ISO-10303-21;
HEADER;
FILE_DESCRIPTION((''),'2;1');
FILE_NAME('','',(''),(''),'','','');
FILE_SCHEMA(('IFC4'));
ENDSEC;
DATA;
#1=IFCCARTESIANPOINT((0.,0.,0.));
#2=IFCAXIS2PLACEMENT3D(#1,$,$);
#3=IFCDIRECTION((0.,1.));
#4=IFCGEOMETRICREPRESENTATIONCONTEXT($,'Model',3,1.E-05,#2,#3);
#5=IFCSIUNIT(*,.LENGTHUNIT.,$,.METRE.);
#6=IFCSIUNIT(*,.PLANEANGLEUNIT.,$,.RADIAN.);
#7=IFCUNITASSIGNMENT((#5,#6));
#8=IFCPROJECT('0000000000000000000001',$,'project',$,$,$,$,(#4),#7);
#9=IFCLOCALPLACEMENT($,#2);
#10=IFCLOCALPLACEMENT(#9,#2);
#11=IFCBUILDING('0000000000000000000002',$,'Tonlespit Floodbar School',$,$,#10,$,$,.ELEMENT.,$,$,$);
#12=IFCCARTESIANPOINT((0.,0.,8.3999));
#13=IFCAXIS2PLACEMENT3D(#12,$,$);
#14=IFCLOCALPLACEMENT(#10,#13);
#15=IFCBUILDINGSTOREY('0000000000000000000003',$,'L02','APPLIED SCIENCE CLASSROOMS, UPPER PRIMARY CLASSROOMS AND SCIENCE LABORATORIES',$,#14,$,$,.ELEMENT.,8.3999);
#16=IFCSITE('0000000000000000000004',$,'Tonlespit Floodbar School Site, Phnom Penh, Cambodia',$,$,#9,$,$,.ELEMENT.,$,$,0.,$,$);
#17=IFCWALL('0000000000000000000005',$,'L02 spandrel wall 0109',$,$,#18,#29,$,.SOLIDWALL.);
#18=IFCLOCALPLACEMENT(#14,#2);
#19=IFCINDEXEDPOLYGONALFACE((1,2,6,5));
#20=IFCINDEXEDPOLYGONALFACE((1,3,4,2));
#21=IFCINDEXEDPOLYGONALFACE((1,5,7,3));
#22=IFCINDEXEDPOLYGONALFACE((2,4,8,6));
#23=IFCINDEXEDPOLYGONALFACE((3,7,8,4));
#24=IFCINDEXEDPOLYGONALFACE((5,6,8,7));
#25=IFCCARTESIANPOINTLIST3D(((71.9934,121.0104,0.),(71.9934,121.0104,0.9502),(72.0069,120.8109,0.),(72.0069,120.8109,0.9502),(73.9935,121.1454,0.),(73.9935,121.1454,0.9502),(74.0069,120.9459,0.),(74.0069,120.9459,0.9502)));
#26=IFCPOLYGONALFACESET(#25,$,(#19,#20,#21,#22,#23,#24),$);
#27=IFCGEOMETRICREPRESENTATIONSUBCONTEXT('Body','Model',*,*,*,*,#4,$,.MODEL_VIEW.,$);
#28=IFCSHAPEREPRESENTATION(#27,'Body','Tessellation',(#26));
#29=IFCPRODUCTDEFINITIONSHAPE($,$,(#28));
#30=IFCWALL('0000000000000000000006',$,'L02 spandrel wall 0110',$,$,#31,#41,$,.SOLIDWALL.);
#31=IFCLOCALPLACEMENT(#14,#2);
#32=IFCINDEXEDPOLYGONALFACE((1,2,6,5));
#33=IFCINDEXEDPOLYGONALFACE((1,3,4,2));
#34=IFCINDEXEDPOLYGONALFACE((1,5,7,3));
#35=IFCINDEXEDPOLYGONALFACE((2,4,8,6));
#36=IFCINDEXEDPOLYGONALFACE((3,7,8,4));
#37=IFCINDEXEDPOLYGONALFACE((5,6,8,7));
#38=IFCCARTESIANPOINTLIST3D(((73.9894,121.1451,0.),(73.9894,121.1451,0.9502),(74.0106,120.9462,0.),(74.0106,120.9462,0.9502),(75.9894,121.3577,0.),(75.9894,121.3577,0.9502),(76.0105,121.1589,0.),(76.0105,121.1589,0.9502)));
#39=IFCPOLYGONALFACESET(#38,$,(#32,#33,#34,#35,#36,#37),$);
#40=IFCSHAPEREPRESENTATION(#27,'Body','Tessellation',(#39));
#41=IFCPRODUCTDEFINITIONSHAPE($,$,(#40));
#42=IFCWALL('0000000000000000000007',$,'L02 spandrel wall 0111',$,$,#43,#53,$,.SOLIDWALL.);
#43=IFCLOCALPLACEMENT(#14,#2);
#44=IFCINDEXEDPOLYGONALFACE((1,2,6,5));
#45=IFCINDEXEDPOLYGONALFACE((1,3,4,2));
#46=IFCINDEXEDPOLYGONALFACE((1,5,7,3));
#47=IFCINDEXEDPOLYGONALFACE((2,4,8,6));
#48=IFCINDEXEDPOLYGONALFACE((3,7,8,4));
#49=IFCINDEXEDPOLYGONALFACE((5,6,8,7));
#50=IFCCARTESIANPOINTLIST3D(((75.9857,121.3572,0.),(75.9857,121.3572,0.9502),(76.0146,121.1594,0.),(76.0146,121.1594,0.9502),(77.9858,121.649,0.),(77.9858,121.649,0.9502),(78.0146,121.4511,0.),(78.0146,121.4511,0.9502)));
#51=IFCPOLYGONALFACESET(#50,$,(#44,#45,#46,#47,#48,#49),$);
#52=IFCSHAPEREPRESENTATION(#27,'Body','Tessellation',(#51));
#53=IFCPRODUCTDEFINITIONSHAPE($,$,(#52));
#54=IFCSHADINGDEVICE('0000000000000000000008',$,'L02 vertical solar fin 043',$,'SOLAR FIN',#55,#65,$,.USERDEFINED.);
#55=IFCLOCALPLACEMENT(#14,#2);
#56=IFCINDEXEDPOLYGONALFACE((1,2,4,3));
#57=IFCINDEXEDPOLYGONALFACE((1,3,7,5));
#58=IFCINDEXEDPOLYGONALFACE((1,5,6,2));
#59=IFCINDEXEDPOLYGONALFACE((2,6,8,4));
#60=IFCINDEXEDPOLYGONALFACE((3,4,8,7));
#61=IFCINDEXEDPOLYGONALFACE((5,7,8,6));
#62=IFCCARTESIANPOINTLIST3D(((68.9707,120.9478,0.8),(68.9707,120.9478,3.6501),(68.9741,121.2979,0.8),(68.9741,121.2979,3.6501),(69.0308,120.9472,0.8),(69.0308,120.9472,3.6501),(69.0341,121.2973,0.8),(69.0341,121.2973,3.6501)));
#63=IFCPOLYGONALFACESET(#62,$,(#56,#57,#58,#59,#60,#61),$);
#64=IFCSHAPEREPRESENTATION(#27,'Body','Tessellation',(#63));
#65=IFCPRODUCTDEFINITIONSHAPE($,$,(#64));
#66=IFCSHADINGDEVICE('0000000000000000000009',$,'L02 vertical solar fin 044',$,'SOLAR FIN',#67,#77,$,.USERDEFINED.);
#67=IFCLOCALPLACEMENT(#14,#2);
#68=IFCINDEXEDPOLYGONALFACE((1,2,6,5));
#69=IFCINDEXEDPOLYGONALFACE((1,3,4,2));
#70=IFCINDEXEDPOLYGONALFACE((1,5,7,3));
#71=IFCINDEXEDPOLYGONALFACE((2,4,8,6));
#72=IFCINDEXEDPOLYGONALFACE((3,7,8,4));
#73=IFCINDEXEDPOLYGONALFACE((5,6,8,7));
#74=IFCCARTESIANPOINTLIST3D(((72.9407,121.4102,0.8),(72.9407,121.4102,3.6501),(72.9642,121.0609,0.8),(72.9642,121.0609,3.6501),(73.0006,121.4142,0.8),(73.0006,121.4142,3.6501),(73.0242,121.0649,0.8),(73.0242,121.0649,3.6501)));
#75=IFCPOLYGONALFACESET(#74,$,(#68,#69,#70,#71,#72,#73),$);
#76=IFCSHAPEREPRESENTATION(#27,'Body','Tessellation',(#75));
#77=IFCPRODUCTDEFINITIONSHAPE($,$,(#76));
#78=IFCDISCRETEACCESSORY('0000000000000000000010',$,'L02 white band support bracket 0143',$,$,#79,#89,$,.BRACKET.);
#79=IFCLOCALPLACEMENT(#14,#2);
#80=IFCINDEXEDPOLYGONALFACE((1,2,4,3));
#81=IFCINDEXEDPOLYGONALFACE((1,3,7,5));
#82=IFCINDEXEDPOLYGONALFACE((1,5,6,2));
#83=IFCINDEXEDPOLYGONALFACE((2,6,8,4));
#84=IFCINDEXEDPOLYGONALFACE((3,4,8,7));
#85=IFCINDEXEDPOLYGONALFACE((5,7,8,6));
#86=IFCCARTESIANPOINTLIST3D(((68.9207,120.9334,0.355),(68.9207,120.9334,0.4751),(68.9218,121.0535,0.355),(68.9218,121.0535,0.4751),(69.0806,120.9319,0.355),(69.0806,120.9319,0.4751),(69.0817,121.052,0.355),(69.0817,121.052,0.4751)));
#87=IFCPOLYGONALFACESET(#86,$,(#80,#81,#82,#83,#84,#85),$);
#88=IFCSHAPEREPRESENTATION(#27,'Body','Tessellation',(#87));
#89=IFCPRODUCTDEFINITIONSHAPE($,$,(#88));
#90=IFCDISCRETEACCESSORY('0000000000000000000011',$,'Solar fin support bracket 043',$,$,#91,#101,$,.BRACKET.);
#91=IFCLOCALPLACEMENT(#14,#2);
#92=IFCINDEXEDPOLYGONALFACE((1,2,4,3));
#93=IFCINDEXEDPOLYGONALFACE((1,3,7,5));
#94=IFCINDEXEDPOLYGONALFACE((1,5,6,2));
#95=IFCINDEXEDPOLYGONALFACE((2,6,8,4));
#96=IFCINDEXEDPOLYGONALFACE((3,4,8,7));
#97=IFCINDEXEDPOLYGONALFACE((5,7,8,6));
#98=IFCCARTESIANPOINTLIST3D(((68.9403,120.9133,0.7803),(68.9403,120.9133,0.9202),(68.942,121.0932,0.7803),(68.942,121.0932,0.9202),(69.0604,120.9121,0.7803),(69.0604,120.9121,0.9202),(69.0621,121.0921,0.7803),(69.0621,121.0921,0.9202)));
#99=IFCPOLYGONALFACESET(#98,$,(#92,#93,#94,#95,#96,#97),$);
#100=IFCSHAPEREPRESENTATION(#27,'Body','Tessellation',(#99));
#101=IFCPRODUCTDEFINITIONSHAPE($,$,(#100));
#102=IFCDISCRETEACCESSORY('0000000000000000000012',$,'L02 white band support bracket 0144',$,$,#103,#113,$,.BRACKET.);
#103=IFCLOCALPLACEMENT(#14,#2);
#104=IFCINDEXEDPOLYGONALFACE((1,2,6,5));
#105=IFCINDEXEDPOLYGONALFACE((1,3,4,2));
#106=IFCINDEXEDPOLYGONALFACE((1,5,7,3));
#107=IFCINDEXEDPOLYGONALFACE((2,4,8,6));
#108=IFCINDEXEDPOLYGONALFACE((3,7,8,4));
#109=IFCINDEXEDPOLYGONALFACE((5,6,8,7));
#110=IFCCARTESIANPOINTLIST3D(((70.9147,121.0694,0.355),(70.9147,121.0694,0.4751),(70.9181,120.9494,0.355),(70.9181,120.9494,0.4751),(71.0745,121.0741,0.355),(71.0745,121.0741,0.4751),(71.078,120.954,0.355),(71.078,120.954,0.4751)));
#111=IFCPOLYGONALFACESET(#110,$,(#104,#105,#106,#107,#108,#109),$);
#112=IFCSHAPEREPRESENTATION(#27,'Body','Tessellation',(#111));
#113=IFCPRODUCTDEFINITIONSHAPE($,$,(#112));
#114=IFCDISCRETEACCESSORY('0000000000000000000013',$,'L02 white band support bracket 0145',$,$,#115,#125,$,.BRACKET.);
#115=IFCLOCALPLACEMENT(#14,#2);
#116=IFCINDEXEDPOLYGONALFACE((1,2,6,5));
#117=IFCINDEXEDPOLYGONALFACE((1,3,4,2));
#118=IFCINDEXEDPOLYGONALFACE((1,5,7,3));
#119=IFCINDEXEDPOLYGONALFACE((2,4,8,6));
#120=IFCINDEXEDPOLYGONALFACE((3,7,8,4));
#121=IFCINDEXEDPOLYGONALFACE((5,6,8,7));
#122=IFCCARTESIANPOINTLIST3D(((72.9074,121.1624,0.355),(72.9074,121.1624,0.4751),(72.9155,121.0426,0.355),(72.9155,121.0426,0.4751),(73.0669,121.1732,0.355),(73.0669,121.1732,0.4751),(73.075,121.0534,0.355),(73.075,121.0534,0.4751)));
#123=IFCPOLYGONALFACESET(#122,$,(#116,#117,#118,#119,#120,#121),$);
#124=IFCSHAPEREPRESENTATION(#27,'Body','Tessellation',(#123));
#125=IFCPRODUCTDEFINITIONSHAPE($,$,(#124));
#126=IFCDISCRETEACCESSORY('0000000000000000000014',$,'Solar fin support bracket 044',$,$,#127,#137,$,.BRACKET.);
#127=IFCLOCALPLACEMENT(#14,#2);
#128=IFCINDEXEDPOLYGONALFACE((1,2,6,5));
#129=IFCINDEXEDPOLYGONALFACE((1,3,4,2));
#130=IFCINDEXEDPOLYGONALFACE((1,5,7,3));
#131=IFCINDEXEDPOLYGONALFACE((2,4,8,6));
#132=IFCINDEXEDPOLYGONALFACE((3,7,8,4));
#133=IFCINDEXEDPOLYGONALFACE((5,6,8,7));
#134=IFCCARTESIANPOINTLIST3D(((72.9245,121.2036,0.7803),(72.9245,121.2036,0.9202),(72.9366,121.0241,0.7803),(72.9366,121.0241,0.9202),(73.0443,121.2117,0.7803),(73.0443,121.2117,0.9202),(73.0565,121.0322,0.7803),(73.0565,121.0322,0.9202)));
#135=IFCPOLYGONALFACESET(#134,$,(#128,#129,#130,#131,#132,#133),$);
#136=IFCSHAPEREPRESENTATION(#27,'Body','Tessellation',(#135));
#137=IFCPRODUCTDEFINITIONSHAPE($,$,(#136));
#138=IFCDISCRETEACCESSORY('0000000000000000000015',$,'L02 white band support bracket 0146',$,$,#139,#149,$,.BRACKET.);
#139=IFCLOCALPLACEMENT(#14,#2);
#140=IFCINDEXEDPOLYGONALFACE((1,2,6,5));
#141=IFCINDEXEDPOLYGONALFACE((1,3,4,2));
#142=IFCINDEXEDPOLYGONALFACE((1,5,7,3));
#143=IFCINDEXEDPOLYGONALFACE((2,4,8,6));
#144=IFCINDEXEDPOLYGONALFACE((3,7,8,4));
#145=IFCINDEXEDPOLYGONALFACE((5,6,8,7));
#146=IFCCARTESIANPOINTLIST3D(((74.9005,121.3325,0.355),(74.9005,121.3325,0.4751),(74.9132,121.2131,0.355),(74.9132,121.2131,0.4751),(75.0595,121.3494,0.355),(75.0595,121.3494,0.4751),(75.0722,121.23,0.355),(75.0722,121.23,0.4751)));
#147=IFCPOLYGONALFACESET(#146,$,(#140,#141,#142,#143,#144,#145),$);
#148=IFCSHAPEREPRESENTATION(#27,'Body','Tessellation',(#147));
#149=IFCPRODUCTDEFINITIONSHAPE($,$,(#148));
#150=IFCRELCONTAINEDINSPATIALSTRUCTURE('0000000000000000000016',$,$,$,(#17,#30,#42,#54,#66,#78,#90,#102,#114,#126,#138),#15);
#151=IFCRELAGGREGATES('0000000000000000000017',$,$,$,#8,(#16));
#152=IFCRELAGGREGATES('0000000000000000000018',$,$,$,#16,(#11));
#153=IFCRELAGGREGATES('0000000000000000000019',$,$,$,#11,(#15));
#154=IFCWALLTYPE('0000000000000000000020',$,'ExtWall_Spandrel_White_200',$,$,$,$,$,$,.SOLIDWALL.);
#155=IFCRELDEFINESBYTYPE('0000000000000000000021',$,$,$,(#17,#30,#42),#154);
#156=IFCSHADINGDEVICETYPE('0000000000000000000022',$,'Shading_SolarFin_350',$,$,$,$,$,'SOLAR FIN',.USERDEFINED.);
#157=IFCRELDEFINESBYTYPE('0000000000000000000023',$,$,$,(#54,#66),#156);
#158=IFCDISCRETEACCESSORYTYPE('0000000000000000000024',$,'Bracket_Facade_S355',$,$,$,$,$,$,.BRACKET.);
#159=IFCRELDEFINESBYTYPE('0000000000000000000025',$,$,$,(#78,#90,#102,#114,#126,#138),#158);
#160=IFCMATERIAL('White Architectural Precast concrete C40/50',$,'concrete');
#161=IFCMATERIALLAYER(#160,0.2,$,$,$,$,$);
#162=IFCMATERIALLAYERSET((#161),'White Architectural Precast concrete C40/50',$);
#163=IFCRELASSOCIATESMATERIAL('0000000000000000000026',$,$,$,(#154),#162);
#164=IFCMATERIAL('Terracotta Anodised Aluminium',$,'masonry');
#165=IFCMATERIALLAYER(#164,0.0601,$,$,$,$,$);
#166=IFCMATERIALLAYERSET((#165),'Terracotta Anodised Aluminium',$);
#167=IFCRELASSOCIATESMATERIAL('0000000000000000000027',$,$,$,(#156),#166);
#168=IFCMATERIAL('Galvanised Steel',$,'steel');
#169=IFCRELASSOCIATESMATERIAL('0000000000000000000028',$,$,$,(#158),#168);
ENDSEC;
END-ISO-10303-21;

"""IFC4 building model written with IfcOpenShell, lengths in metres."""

from ifc_helpers import new_model, si_unit, direction, frame, frame_2d, origin, origin_2d, place, context, subcontext, project, spatial, rectangle, extrude, material, layer, layer_set, type_object, element, save


model = new_model("IFC4")

# Units and contexts
model_context = context("Model", 3, precision=1e-05, world=origin(), true_north=direction((0.0, 1.0)))
body_context = subcontext(model_context, "Body", "Model", "MODEL_VIEW")
ifc_project = project(units=[si_unit("LENGTHUNIT", "METRE"), si_unit("PLANEANGLEUNIT", "RADIAN")], contexts=[model_context])

# Site, building, storey
site_placement = place(None, origin())
site = spatial("IfcSite", under=ifc_project, at=site_placement, Name="Tonlespit Floodbar School Site, Phnom Penh, Cambodia", CompositionType="ELEMENT", RefElevation=0.0)
building_placement = place(site_placement, origin())
building = spatial("IfcBuilding", under=site, at=building_placement, Name="Tonlespit Floodbar School", CompositionType="ELEMENT")
storey_placement = place(building_placement, frame((0.0, 0.0, 8.3999)))
storey = spatial("IfcBuildingStorey", under=building, at=storey_placement, Name="L02", Description="APPLIED SCIENCE CLASSROOMS, UPPER PRIMARY CLASSROOMS AND SCIENCE LABORATORIES", CompositionType="ELEMENT", Elevation=8.3999)

# Walls
ifc_material_1 = material(Name="White Architectural Precast concrete C40/50", Category="concrete")
ifc_layer_1 = layer(ifc_material_1, 0.2)
ifc_layer_set_1 = layer_set([ifc_layer_1], Name="White Architectural Precast concrete C40/50")
wall_type = type_object("IfcWallType", Name="ExtWall_Spandrel_White_200", PredefinedType="SOLIDWALL", material=ifc_layer_set_1)
wall_1_placement = place(storey_placement, frame((72.0, 120.9106, 0.0), z_axis=(0.0, 0.0, 1.0), x_axis=(0.997729, 0.067352, 0.0)))
element("IfcWall", 1, at=wall_1_placement, inside=storey, type_object=wall_type, Name="L02 spandrel wall 0109", PredefinedType="SOLIDWALL", context=body_context, shape_type="SweptSolid", body=[
    extrude(rectangle(XDim=2.0046, YDim=0.2, at=frame_2d((1.0024, 0.0))), origin(), (0.0, 0.0, 1.0), 0.9502),
])
wall_2_placement = place(storey_placement, frame((74.0, 121.0457, 0.0), z_axis=(0.0, 0.0, 1.0), x_axis=(0.994395, 0.105727, 0.0)))
element("IfcWall", 2, at=wall_2_placement, inside=storey, type_object=wall_type, Name="L02 spandrel wall 0110", PredefinedType="SOLIDWALL", context=body_context, shape_type="SweptSolid", body=[
    extrude(rectangle(XDim=2.0112, YDim=0.2, at=frame_2d((1.0056, 0.0))), origin(), (0.0, 0.0, 1.0), 0.9502),
])
wall_3_placement = place(storey_placement, frame((76.0, 121.2583, 0.0), z_axis=(0.0, 0.0, 1.0), x_axis=(0.989527, 0.144346, 0.0)))
element("IfcWall", 3, at=wall_3_placement, inside=storey, type_object=wall_type, Name="L02 spandrel wall 0111", PredefinedType="SOLIDWALL", context=body_context, shape_type="SweptSolid", body=[
    extrude(rectangle(XDim=2.0212, YDim=0.2, at=frame_2d((1.0107, 0.0))), origin(), (0.0, 0.0, 1.0), 0.9502),
])

# Shading devices
ifc_material_2 = material(Name="Terracotta Anodised Aluminium", Category="masonry")
ifc_layer_2 = layer(ifc_material_2, 0.0601)
ifc_layer_set_2 = layer_set([ifc_layer_2], Name="Terracotta Anodised Aluminium")
shading_device_type = type_object("IfcShadingDeviceType", Name="Shading_SolarFin_350", ElementType="SOLAR FIN", PredefinedType="USERDEFINED", material=ifc_layer_set_2)
for number, where, z_axis, x_axis, name in (
    (4, (69.0024, 121.1226, 0.8), (0.0, 0.0, 1.0), (0.999954, -0.009599, 0.0), "L02 vertical solar fin 043"),
    (5, (72.9824, 121.2375, 0.8), (0.0, 0.0, 1.0), (0.99773, 0.067347, 0.0), "L02 vertical solar fin 044"),
):
    element("IfcShadingDevice", number, at=place(storey_placement, frame(where, z_axis=z_axis, x_axis=x_axis)), inside=storey, type_object=shading_device_type, Name=name, ObjectType="SOLAR FIN", PredefinedType="USERDEFINED", context=body_context, shape_type="SweptSolid", body=[
        extrude(rectangle(XDim=0.0601, YDim=0.3501, at=origin_2d()), origin(), (0.0, 0.0, 1.0), 2.8501),
    ])

# Discrete accessories
ifc_material_3 = material(Name="Galvanised Steel", Category="steel")
discrete_accessory_type = type_object("IfcDiscreteAccessoryType", Name="Bracket_Facade_S355", PredefinedType="BRACKET", material=ifc_material_3)
discrete_accessory_1_placement = place(storey_placement, frame((69.0012, 120.9927, 0.355), z_axis=(0.0, 0.0, 1.0), x_axis=(0.999954, -0.009599, 0.0)))
element("IfcDiscreteAccessory", 6, at=discrete_accessory_1_placement, inside=storey, type_object=discrete_accessory_type, Name="L02 white band support bracket 0143", PredefinedType="BRACKET", context=body_context, shape_type="SweptSolid", body=[
    extrude(rectangle(XDim=0.1599, YDim=0.1201, at=origin_2d()), origin(), (0.0, 0.0, 1.0), 0.1201),
])
discrete_accessory_2_placement = place(storey_placement, frame((69.0012, 121.0027, 0.7803), z_axis=(0.0, 0.0, 1.0), x_axis=(0.999954, -0.009599, 0.0)))
element("IfcDiscreteAccessory", 7, at=discrete_accessory_2_placement, inside=storey, type_object=discrete_accessory_type, Name="Solar fin support bracket 043", PredefinedType="BRACKET", context=body_context, shape_type="SweptSolid", body=[
    extrude(rectangle(XDim=0.1201, YDim=0.1799, at=origin_2d()), origin(), (0.0, 0.0, 1.0), 0.1399),
])
for number, where, z_axis, x_axis, name in (
    (8, (70.9963, 121.0117, 0.355), (0.0, 0.0, 1.0), (0.999584, 0.028838, 0.0), "L02 white band support bracket 0144"),
    (9, (72.9912, 121.1079, 0.355), (0.0, 0.0, 1.0), (0.99773, 0.067347, 0.0), "L02 white band support bracket 0145"),
):
    element("IfcDiscreteAccessory", number, at=place(storey_placement, frame(where, z_axis=z_axis, x_axis=x_axis)), inside=storey, type_object=discrete_accessory_type, Name=name, PredefinedType="BRACKET", context=body_context, shape_type="SweptSolid", body=[
        extrude(rectangle(XDim=0.1599, YDim=0.1201, at=origin_2d()), origin(), (0.0, 0.0, 1.0), 0.1201),
    ])
discrete_accessory_3_placement = place(storey_placement, frame((72.9905, 121.1179, 0.7803), z_axis=(0.0, 0.0, 1.0), x_axis=(0.99773, 0.067347, 0.0)))
element("IfcDiscreteAccessory", 10, at=discrete_accessory_3_placement, inside=storey, type_object=discrete_accessory_type, Name="Solar fin support bracket 044", PredefinedType="BRACKET", context=body_context, shape_type="SweptSolid", body=[
    extrude(rectangle(XDim=0.1201, YDim=0.1799, at=origin_2d()), origin(), (0.0, 0.0, 1.0), 0.1399),
])
discrete_accessory_4_placement = place(storey_placement, frame((74.9863, 121.2812, 0.355), z_axis=(0.0, 0.0, 1.0), x_axis=(0.994392, 0.105754, 0.0)))
element("IfcDiscreteAccessory", 11, at=discrete_accessory_4_placement, inside=storey, type_object=discrete_accessory_type, Name="L02 white band support bracket 0146", PredefinedType="BRACKET", context=body_context, shape_type="SweptSolid", body=[
    extrude(rectangle(XDim=0.1599, YDim=0.1201, at=origin_2d()), origin(), (0.0, 0.0, 1.0), 0.1201),
])

save(model, "model.ifc")
